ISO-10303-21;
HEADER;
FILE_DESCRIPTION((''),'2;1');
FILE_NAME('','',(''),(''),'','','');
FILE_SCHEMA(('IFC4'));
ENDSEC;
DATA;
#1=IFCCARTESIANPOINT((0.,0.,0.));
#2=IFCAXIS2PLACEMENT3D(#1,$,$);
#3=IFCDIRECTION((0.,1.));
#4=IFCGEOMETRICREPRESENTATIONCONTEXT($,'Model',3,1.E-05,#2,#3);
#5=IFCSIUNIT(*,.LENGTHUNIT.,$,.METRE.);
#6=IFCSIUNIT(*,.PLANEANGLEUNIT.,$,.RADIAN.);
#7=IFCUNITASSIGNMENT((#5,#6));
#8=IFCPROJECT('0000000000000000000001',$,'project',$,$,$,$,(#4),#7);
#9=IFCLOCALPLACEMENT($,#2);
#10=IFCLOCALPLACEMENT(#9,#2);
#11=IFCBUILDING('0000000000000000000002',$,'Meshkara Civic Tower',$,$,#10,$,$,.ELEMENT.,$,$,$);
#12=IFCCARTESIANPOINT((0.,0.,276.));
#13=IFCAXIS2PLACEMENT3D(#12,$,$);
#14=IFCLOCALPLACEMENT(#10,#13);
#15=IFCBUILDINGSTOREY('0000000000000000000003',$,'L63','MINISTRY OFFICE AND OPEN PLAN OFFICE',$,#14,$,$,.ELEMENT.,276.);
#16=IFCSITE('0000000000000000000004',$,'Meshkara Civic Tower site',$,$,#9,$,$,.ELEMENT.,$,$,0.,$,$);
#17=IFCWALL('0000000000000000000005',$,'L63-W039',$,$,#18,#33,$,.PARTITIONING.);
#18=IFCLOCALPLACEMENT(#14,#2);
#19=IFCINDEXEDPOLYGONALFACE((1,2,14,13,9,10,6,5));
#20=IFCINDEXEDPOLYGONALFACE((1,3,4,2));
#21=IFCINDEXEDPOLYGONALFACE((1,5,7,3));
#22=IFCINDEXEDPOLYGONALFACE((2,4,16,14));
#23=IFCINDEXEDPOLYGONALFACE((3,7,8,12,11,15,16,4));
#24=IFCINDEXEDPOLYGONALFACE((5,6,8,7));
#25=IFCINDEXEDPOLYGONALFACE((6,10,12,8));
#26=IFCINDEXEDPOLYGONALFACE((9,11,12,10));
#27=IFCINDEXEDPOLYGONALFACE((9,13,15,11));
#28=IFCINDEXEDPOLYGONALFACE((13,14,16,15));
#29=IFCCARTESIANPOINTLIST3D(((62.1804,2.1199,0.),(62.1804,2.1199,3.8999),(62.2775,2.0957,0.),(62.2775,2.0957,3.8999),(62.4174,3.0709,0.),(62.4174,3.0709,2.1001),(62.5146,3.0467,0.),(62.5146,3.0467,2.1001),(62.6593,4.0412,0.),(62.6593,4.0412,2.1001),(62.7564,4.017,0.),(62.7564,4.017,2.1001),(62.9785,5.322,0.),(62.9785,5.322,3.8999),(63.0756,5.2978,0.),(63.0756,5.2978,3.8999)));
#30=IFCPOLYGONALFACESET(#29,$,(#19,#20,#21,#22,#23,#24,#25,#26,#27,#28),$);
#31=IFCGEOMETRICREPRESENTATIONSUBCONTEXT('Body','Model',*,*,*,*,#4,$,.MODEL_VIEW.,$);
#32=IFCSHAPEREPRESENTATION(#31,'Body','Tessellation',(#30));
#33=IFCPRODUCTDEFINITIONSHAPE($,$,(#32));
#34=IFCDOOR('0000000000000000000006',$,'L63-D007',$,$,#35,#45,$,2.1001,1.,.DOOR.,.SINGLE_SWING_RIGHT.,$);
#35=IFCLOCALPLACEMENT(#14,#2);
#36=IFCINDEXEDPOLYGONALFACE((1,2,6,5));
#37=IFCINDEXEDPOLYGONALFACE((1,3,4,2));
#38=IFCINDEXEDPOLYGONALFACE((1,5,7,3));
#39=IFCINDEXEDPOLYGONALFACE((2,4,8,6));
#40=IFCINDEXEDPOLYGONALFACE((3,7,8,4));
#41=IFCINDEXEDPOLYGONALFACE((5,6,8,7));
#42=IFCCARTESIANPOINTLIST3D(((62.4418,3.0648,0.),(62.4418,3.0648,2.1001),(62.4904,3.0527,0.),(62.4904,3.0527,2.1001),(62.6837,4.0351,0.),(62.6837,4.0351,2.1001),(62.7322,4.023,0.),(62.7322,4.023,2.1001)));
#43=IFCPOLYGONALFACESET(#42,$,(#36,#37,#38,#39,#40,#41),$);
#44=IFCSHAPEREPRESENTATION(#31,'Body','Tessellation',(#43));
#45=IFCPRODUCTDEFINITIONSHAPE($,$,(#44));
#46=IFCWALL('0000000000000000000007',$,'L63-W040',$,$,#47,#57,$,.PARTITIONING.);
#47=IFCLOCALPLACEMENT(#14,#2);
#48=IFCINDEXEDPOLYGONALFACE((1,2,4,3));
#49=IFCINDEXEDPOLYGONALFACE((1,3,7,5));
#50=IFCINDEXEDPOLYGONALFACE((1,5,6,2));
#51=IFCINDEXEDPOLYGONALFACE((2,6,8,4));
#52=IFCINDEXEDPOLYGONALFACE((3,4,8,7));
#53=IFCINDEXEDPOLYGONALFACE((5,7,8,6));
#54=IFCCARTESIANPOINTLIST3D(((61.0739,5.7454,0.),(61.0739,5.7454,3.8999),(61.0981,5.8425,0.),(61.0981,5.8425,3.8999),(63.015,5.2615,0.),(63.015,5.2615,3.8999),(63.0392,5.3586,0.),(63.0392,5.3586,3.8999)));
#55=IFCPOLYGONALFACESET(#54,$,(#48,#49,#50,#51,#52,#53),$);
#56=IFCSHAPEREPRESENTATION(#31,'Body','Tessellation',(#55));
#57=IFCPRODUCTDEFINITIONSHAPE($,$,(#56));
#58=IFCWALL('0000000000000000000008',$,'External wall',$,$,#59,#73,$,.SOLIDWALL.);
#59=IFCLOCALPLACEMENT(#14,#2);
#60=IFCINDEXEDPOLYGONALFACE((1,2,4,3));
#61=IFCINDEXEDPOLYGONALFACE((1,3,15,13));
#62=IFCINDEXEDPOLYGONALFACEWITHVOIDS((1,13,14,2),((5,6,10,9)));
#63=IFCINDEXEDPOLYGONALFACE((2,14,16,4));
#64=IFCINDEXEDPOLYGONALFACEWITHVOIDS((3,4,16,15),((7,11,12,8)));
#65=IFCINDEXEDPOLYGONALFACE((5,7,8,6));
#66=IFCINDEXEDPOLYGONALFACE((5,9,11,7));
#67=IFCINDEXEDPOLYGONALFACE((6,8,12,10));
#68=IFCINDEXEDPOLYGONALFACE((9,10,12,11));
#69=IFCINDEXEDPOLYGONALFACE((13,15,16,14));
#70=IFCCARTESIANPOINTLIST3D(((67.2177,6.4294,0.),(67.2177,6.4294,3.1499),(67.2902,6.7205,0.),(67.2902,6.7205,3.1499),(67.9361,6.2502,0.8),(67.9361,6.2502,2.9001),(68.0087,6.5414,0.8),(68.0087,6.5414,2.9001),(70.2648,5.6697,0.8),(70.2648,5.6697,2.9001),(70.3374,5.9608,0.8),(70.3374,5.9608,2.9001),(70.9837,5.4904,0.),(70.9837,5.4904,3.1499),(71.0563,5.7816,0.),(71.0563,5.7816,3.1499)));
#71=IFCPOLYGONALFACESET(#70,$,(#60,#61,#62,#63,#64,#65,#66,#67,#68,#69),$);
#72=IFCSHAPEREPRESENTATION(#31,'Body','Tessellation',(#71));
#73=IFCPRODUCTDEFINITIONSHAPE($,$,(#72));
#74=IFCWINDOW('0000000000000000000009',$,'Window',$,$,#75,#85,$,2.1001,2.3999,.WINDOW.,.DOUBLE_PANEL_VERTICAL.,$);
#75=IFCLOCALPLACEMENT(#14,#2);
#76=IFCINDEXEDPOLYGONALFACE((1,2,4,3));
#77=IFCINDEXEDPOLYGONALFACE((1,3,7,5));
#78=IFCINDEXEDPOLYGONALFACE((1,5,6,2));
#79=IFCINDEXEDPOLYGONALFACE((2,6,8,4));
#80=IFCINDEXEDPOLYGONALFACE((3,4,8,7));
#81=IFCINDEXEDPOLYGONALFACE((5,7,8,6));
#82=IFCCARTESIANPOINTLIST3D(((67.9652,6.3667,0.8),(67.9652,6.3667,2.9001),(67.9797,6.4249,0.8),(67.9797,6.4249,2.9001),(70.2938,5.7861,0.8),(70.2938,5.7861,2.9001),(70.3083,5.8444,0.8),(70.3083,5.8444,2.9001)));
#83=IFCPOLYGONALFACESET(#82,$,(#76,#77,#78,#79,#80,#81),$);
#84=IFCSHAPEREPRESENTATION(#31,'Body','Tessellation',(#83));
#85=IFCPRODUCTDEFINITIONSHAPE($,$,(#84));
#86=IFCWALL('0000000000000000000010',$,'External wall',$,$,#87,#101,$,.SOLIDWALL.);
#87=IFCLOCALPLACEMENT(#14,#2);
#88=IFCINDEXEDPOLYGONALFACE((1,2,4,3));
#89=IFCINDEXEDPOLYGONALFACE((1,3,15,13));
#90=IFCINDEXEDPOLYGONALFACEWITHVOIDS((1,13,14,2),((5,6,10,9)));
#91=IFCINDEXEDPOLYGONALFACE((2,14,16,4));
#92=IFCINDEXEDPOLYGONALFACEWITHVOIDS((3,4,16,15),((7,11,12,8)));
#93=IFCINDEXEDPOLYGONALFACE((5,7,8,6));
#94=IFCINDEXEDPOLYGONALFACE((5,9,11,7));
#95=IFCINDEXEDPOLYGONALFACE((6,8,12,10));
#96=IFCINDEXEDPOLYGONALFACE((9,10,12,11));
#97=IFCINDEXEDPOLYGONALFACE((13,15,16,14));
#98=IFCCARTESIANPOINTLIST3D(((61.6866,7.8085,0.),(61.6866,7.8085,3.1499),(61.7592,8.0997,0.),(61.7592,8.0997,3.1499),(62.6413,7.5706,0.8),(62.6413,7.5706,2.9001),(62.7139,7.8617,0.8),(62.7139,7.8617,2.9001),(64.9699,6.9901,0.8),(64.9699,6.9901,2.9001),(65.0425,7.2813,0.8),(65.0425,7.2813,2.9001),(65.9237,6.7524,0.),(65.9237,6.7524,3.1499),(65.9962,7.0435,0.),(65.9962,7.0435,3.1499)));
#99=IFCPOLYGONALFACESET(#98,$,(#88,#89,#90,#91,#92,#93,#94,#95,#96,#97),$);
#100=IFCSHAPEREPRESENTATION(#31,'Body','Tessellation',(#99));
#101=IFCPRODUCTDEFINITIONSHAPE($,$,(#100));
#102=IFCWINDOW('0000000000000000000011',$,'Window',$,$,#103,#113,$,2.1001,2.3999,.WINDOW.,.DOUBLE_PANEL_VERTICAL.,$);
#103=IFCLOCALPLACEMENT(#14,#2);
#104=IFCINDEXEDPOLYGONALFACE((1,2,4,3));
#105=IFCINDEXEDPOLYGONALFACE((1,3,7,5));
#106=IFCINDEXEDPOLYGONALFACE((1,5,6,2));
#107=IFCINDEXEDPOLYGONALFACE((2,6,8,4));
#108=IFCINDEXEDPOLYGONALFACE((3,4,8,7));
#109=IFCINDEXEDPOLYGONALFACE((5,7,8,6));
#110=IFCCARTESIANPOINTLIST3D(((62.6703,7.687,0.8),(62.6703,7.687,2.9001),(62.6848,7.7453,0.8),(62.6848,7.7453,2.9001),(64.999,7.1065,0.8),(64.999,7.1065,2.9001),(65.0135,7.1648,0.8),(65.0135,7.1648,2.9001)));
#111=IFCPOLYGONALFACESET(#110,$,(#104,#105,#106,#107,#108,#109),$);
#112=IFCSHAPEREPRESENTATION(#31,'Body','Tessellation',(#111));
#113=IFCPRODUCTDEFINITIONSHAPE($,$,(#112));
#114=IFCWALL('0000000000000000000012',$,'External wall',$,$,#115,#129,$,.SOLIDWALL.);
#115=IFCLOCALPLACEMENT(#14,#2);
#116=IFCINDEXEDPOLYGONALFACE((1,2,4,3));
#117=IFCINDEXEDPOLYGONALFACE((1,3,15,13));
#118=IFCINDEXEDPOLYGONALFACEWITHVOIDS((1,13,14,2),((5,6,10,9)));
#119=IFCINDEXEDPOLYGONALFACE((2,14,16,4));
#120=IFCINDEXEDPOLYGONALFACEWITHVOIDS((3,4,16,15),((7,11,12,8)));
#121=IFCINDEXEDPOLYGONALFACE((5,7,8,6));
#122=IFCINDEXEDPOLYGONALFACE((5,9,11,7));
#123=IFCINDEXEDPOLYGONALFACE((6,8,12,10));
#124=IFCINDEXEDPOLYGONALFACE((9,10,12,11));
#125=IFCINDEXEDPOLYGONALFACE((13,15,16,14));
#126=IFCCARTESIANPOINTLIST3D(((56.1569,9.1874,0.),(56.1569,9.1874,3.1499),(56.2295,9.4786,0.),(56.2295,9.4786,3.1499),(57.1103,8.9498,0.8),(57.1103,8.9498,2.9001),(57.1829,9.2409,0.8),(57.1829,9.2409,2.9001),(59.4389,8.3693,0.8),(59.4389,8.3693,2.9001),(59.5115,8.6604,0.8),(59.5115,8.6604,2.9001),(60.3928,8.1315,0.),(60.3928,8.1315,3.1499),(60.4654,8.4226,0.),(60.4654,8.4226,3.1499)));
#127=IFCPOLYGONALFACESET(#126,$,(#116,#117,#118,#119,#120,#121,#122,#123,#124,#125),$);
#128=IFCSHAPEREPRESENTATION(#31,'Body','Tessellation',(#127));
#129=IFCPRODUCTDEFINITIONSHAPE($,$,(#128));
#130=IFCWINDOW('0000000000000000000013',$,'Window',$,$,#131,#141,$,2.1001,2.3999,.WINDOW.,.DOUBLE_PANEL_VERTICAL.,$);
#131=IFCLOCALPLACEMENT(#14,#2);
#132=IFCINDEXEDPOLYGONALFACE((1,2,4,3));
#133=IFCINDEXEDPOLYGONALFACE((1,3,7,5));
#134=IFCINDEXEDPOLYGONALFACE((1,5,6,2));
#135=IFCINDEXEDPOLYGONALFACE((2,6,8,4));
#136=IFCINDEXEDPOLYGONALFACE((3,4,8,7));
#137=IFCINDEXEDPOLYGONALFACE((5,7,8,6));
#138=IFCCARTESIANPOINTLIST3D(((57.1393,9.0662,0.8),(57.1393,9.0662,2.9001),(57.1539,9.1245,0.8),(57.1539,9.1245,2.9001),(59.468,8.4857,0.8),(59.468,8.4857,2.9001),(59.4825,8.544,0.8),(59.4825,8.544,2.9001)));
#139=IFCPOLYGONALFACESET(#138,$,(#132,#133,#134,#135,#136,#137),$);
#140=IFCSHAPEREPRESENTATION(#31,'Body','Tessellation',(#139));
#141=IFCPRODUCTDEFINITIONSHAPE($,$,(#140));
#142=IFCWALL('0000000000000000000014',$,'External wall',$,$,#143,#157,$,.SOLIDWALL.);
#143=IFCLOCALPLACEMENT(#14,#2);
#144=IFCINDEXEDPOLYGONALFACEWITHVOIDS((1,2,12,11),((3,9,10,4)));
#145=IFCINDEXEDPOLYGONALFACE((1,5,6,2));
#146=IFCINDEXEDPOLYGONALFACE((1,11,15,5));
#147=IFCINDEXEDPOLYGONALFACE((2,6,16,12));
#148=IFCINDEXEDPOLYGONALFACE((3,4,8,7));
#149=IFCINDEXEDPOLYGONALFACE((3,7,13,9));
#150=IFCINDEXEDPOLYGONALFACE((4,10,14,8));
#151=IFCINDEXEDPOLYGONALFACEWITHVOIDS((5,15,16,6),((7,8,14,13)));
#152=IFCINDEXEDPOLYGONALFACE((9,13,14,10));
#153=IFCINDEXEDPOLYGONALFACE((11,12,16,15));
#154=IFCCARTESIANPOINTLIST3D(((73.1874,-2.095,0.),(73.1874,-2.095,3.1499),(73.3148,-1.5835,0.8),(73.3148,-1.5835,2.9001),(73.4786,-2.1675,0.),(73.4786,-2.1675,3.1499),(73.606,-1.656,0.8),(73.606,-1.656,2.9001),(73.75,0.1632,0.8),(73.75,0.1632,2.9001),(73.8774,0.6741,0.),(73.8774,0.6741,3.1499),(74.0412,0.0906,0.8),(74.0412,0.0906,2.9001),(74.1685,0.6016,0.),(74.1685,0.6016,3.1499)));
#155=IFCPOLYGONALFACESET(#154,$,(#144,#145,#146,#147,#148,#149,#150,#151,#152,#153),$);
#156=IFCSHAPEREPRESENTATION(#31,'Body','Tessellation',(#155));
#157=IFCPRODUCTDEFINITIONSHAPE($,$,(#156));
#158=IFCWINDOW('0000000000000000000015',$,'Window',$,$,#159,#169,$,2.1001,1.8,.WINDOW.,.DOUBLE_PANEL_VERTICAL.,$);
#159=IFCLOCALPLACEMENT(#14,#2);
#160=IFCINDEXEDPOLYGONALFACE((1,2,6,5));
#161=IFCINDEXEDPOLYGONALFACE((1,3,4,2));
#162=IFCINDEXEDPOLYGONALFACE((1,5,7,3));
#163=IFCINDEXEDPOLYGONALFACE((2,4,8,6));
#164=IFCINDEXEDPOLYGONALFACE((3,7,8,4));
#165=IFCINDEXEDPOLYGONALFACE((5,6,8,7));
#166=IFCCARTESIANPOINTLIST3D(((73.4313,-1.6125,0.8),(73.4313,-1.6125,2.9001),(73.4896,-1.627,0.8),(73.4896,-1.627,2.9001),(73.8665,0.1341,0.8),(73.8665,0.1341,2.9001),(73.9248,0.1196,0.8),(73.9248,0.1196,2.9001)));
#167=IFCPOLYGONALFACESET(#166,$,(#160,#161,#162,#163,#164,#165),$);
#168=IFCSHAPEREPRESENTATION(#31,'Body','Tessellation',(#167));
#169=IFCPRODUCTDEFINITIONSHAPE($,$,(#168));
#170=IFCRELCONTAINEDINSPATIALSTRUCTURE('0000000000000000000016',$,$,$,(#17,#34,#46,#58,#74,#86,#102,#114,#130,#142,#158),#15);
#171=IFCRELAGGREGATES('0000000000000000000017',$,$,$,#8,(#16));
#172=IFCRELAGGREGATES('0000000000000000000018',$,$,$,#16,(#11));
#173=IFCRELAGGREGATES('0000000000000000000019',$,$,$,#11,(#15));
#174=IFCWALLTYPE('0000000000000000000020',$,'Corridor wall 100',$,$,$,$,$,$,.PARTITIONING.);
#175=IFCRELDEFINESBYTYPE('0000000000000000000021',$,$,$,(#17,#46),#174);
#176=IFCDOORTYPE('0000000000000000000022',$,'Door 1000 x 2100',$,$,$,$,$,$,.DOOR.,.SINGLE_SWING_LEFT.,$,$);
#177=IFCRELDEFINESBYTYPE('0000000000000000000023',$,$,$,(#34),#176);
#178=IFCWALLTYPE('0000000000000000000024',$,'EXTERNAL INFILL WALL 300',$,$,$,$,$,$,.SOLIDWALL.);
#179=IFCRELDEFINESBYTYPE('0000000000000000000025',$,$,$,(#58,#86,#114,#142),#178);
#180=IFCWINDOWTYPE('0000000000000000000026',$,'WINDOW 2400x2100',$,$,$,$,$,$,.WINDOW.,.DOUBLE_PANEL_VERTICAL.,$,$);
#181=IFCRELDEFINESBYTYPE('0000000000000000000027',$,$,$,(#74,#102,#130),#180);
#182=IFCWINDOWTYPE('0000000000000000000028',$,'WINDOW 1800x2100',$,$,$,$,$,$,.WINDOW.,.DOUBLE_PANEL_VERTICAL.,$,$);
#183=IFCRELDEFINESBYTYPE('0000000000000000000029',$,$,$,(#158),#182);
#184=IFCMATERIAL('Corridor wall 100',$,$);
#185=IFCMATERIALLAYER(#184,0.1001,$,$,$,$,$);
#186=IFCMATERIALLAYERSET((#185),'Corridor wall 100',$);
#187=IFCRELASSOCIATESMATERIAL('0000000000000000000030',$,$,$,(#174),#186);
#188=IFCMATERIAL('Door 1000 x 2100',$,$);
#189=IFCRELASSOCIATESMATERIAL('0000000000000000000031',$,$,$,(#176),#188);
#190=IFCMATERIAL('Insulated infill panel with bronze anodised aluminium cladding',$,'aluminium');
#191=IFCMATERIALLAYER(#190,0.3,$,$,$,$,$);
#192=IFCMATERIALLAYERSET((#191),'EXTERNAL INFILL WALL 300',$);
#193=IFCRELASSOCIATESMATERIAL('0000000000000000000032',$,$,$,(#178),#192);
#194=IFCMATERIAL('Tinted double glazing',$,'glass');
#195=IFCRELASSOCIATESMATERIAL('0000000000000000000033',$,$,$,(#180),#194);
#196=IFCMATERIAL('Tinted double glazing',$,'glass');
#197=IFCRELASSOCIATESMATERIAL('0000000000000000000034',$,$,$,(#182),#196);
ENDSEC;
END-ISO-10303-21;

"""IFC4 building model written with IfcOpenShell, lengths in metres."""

from ifc_helpers import new_model, si_unit, direction, frame, frame_2d, origin, place, context, subcontext, project, spatial, rectangle, extrude, material, layer, layer_set, type_object, element, fill, save


model = new_model("IFC4")

# Units and contexts
model_context = context("Model", 3, precision=1e-05, world=origin(), true_north=direction((0.0, 1.0)))
body_context = subcontext(model_context, "Body", "Model", "MODEL_VIEW")
ifc_project = project(units=[si_unit("LENGTHUNIT", "METRE"), si_unit("PLANEANGLEUNIT", "RADIAN")], contexts=[model_context])

# Site, building, storey
site_placement = place(None, origin())
site = spatial("IfcSite", under=ifc_project, at=site_placement, Name="Meshkara Civic Tower site", CompositionType="ELEMENT", RefElevation=0.0)
building_placement = place(site_placement, origin())
building = spatial("IfcBuilding", under=site, at=building_placement, Name="Meshkara Civic Tower", CompositionType="ELEMENT")
storey_placement = place(building_placement, frame((0.0, 0.0, 276.0)))
storey = spatial("IfcBuildingStorey", under=building, at=storey_placement, Name="L63", Description="MINISTRY OFFICE AND OPEN PLAN OFFICE", CompositionType="ELEMENT", Elevation=276.0)

# Shared definitions
ifc_material_1 = material(Name="Corridor wall 100")
ifc_layer_1 = layer(ifc_material_1, 0.1001)
ifc_layer_set_1 = layer_set([ifc_layer_1], Name="Corridor wall 100")
wall_type_1 = type_object("IfcWallType", Name="Corridor wall 100", PredefinedType="PARTITIONING", material=ifc_layer_set_1)

# Wall, opening, door
wall_1_placement = place(storey_placement, frame((62.229, 2.1079, 0.0), z_axis=(0.0, 0.0, 1.0), x_axis=(0.241839, 0.970316, 0.0)))
wall_1 = element("IfcWall", 1, at=wall_1_placement, inside=storey, type_object=wall_type_1, Name="L63-W039", PredefinedType="PARTITIONING", context=body_context, shape_type="SweptSolid", body=[
    extrude(rectangle(XDim=3.3, YDim=0.1001, at=frame_2d((1.6499, 0.0))), origin(), (0.0, 0.0, 1.0), 3.8999),
])
opening_1_placement = place(wall_1_placement, frame((0.98, 0.0, 0.0)))
opening_1 = element("IfcOpeningElement", 2, at=opening_1_placement, cuts=wall_1, PredefinedType="OPENING", context=body_context, shape_type="SweptSolid", body=[
    extrude(rectangle(XDim=1.0, YDim=2.1001, at=frame_2d((0.5, 1.05))), frame((0.0, 0.0601, 0.0), z_axis=(0.0, -1.0, 0.0), x_axis=(1.0, 0.0, 0.0)), (0.0, 0.0, 1.0), 0.1201),
])
ifc_material_2 = material(Name="Door 1000 x 2100")
door_type_1 = type_object("IfcDoorType", Name="Door 1000 x 2100", OperationType="SINGLE_SWING_LEFT", PredefinedType="DOOR", material=ifc_material_2)
door_1_placement = place(opening_1_placement, origin())
door_1 = element("IfcDoor", 3, at=door_1_placement, inside=storey, type_object=door_type_1, Name="L63-D007", OperationType="SINGLE_SWING_RIGHT", OverallHeight=2.1001, OverallWidth=1.0, PredefinedType="DOOR", context=body_context, shape_type="SweptSolid", body=[
    extrude(rectangle(XDim=1.0, YDim=2.1001, at=frame_2d((0.5, 1.05))), frame((0.0, 0.0249, 0.0), z_axis=(0.0, -1.0, 0.0), x_axis=(1.0, 0.0, 0.0)), (0.0, 0.0, 1.0), 0.05),
])
fill(opening_1, door_1)

# Wall
wall_2_placement = place(storey_placement, frame((63.0271, 5.3101, 0.0), z_axis=(0.0, 0.0, 1.0), x_axis=(-0.970307, 0.241875, 0.0)))
element("IfcWall", 4, at=wall_2_placement, inside=storey, type_object=wall_type_1, Name="L63-W040", PredefinedType="PARTITIONING", context=body_context, shape_type="SweptSolid", body=[
    extrude(rectangle(XDim=2.0005, YDim=0.1001, at=frame_2d((1.0002, 0.0))), origin(), (0.0, 0.0, 1.0), 3.8999),
])

# Walls, openings, windows
ifc_material_3 = material(Name="Insulated infill panel with bronze anodised aluminium cladding", Category="aluminium")
ifc_layer_2 = layer(ifc_material_3, 0.3)
ifc_layer_set_2 = layer_set([ifc_layer_2], Name="EXTERNAL INFILL WALL 300")
wall_type_2 = type_object("IfcWallType", Name="EXTERNAL INFILL WALL 300", PredefinedType="SOLIDWALL", material=ifc_layer_set_2)
wall_3_placement = place(storey_placement, frame((71.02, 5.636, 0.0), z_axis=(0.0, 0.0, 1.0), x_axis=(-0.970298, 0.241914, 0.0)))
wall_3 = element("IfcWall", 5, at=wall_3_placement, inside=storey, type_object=wall_type_2, Name="External wall", PredefinedType="SOLIDWALL", context=body_context, shape_type="SweptSolid", body=[
    extrude(rectangle(XDim=3.8813, YDim=0.3, at=frame_2d((1.9407, 0.0))), origin(), (0.0, 0.0, 1.0), 3.1499),
])
opening_2_placement = place(wall_3_placement, frame((0.741, 0.0, 0.8)))
opening_2 = element("IfcOpeningElement", 6, at=opening_2_placement, cuts=wall_3, PredefinedType="OPENING", context=body_context, shape_type="SweptSolid", body=[
    extrude(rectangle(XDim=2.3999, YDim=2.1001, at=frame_2d((1.2, 1.05))), frame((0.0, 0.1599, 0.0), z_axis=(0.0, -1.0, 0.0), x_axis=(1.0, 0.0, 0.0)), (0.0, 0.0, 1.0), 0.3201),
])
ifc_material_4 = material(Name="Tinted double glazing", Category="glass")
window_type_1 = type_object("IfcWindowType", Name="WINDOW 2400x2100", PartitioningType="DOUBLE_PANEL_VERTICAL", PredefinedType="WINDOW", material=ifc_material_4)
window_1_placement = place(opening_2_placement, origin())
window_1 = element("IfcWindow", 7, at=window_1_placement, inside=storey, type_object=window_type_1, Name="Window", OverallHeight=2.1001, OverallWidth=2.3999, PartitioningType="DOUBLE_PANEL_VERTICAL", PredefinedType="WINDOW", context=body_context, shape_type="SweptSolid", body=[
    extrude(rectangle(XDim=2.3999, YDim=2.1001, at=frame_2d((1.2, 1.05))), frame((0.0, 0.03, 0.0), z_axis=(0.0, -1.0, 0.0), x_axis=(1.0, 0.0, 0.0)), (0.0, 0.0, 1.0), 0.0601),
])
fill(opening_2, window_1)
wall_4_placement = place(storey_placement, frame((65.96, 6.8979, 0.0), z_axis=(0.0, 0.0, 1.0), x_axis=(-0.97031, 0.241865, 0.0)))
wall_4 = element("IfcWall", 8, at=wall_4_placement, inside=storey, type_object=wall_type_2, Name="External wall", PredefinedType="SOLIDWALL", context=body_context, shape_type="SweptSolid", body=[
    extrude(rectangle(XDim=4.3667, YDim=0.3, at=frame_2d((2.1833, 0.0))), origin(), (0.0, 0.0, 1.0), 3.1499),
])
opening_3_placement = place(wall_4_placement, frame((0.9829, 0.0, 0.8)))
opening_3 = element("IfcOpeningElement", 9, at=opening_3_placement, cuts=wall_4, PredefinedType="OPENING", context=body_context, shape_type="SweptSolid", body=[
    extrude(rectangle(XDim=2.3999, YDim=2.1001, at=frame_2d((1.2, 1.05))), frame((0.0, 0.1599, 0.0), z_axis=(0.0, -1.0, 0.0), x_axis=(1.0, 0.0, 0.0)), (0.0, 0.0, 1.0), 0.3201),
])
window_2_placement = place(opening_3_placement, origin())
window_2 = element("IfcWindow", 10, at=window_2_placement, inside=storey, type_object=window_type_1, Name="Window", OverallHeight=2.1001, OverallWidth=2.3999, PartitioningType="DOUBLE_PANEL_VERTICAL", PredefinedType="WINDOW", context=body_context, shape_type="SweptSolid", body=[
    extrude(rectangle(XDim=2.3999, YDim=2.1001, at=frame_2d((1.2, 1.05))), frame((0.0, 0.03, 0.0), z_axis=(0.0, -1.0, 0.0), x_axis=(1.0, 0.0, 0.0)), (0.0, 0.0, 1.0), 0.0601),
])
fill(opening_3, window_2)
wall_5_placement = place(storey_placement, frame((60.429, 8.2771, 0.0), z_axis=(0.0, 0.0, 1.0), x_axis=(-0.970307, 0.241878, 0.0)))
wall_5 = element("IfcWall", 11, at=wall_5_placement, inside=storey, type_object=wall_type_2, Name="External wall", PredefinedType="SOLIDWALL", context=body_context, shape_type="SweptSolid", body=[
    extrude(rectangle(XDim=4.3655, YDim=0.3, at=frame_2d((2.1826, 0.0))), origin(), (0.0, 0.0, 1.0), 3.1499),
])
opening_4_placement = place(wall_5_placement, frame((0.9829, 0.0, 0.8)))
opening_4 = element("IfcOpeningElement", 12, at=opening_4_placement, cuts=wall_5, PredefinedType="OPENING", context=body_context, shape_type="SweptSolid", body=[
    extrude(rectangle(XDim=2.3999, YDim=2.1001, at=frame_2d((1.2, 1.05))), frame((0.0, 0.1599, 0.0), z_axis=(0.0, -1.0, 0.0), x_axis=(1.0, 0.0, 0.0)), (0.0, 0.0, 1.0), 0.3201),
])
window_3_placement = place(opening_4_placement, origin())
window_3 = element("IfcWindow", 13, at=window_3_placement, inside=storey, type_object=window_type_1, Name="Window", OverallHeight=2.1001, OverallWidth=2.3999, PartitioningType="DOUBLE_PANEL_VERTICAL", PredefinedType="WINDOW", context=body_context, shape_type="SweptSolid", body=[
    extrude(rectangle(XDim=2.3999, YDim=2.1001, at=frame_2d((1.2, 1.05))), frame((0.0, 0.03, 0.0), z_axis=(0.0, -1.0, 0.0), x_axis=(1.0, 0.0, 0.0)), (0.0, 0.0, 1.0), 0.0601),
])
fill(opening_4, window_3)
wall_6_placement = place(storey_placement, frame((73.333, -2.1311, 0.0), z_axis=(0.0, 0.0, 1.0), x_axis=(0.241771, 0.970333, 0.0)))
wall_6 = element("IfcWall", 14, at=wall_6_placement, inside=storey, type_object=wall_type_2, Name="External wall", PredefinedType="SOLIDWALL", context=body_context, shape_type="SweptSolid", body=[
    extrude(rectangle(XDim=2.8538, YDim=0.3, at=frame_2d((1.4268, 0.0))), origin(), (0.0, 0.0, 1.0), 3.1499),
])
opening_5_placement = place(wall_6_placement, frame((0.5271, 0.0, 0.8)))
opening_5 = element("IfcOpeningElement", 15, at=opening_5_placement, cuts=wall_6, PredefinedType="OPENING", context=body_context, shape_type="SweptSolid", body=[
    extrude(rectangle(XDim=1.8, YDim=2.1001, at=frame_2d((0.8999, 1.05))), frame((0.0, 0.1599, 0.0), z_axis=(0.0, -1.0, 0.0), x_axis=(1.0, 0.0, 0.0)), (0.0, 0.0, 1.0), 0.3201),
])
ifc_material_5 = material(Name="Tinted double glazing", Category="glass")
window_type_2 = type_object("IfcWindowType", Name="WINDOW 1800x2100", PartitioningType="DOUBLE_PANEL_VERTICAL", PredefinedType="WINDOW", material=ifc_material_5)
window_4_placement = place(opening_5_placement, origin())
window_4 = element("IfcWindow", 16, at=window_4_placement, inside=storey, type_object=window_type_2, Name="Window", OverallHeight=2.1001, OverallWidth=1.8, PartitioningType="DOUBLE_PANEL_VERTICAL", PredefinedType="WINDOW", context=body_context, shape_type="SweptSolid", body=[
    extrude(rectangle(XDim=1.8, YDim=2.1001, at=frame_2d((0.8999, 1.05))), frame((0.0, 0.03, 0.0), z_axis=(0.0, -1.0, 0.0), x_axis=(1.0, 0.0, 0.0)), (0.0, 0.0, 1.0), 0.0601),
])
fill(opening_5, window_4)

save(model, "model.ifc")
